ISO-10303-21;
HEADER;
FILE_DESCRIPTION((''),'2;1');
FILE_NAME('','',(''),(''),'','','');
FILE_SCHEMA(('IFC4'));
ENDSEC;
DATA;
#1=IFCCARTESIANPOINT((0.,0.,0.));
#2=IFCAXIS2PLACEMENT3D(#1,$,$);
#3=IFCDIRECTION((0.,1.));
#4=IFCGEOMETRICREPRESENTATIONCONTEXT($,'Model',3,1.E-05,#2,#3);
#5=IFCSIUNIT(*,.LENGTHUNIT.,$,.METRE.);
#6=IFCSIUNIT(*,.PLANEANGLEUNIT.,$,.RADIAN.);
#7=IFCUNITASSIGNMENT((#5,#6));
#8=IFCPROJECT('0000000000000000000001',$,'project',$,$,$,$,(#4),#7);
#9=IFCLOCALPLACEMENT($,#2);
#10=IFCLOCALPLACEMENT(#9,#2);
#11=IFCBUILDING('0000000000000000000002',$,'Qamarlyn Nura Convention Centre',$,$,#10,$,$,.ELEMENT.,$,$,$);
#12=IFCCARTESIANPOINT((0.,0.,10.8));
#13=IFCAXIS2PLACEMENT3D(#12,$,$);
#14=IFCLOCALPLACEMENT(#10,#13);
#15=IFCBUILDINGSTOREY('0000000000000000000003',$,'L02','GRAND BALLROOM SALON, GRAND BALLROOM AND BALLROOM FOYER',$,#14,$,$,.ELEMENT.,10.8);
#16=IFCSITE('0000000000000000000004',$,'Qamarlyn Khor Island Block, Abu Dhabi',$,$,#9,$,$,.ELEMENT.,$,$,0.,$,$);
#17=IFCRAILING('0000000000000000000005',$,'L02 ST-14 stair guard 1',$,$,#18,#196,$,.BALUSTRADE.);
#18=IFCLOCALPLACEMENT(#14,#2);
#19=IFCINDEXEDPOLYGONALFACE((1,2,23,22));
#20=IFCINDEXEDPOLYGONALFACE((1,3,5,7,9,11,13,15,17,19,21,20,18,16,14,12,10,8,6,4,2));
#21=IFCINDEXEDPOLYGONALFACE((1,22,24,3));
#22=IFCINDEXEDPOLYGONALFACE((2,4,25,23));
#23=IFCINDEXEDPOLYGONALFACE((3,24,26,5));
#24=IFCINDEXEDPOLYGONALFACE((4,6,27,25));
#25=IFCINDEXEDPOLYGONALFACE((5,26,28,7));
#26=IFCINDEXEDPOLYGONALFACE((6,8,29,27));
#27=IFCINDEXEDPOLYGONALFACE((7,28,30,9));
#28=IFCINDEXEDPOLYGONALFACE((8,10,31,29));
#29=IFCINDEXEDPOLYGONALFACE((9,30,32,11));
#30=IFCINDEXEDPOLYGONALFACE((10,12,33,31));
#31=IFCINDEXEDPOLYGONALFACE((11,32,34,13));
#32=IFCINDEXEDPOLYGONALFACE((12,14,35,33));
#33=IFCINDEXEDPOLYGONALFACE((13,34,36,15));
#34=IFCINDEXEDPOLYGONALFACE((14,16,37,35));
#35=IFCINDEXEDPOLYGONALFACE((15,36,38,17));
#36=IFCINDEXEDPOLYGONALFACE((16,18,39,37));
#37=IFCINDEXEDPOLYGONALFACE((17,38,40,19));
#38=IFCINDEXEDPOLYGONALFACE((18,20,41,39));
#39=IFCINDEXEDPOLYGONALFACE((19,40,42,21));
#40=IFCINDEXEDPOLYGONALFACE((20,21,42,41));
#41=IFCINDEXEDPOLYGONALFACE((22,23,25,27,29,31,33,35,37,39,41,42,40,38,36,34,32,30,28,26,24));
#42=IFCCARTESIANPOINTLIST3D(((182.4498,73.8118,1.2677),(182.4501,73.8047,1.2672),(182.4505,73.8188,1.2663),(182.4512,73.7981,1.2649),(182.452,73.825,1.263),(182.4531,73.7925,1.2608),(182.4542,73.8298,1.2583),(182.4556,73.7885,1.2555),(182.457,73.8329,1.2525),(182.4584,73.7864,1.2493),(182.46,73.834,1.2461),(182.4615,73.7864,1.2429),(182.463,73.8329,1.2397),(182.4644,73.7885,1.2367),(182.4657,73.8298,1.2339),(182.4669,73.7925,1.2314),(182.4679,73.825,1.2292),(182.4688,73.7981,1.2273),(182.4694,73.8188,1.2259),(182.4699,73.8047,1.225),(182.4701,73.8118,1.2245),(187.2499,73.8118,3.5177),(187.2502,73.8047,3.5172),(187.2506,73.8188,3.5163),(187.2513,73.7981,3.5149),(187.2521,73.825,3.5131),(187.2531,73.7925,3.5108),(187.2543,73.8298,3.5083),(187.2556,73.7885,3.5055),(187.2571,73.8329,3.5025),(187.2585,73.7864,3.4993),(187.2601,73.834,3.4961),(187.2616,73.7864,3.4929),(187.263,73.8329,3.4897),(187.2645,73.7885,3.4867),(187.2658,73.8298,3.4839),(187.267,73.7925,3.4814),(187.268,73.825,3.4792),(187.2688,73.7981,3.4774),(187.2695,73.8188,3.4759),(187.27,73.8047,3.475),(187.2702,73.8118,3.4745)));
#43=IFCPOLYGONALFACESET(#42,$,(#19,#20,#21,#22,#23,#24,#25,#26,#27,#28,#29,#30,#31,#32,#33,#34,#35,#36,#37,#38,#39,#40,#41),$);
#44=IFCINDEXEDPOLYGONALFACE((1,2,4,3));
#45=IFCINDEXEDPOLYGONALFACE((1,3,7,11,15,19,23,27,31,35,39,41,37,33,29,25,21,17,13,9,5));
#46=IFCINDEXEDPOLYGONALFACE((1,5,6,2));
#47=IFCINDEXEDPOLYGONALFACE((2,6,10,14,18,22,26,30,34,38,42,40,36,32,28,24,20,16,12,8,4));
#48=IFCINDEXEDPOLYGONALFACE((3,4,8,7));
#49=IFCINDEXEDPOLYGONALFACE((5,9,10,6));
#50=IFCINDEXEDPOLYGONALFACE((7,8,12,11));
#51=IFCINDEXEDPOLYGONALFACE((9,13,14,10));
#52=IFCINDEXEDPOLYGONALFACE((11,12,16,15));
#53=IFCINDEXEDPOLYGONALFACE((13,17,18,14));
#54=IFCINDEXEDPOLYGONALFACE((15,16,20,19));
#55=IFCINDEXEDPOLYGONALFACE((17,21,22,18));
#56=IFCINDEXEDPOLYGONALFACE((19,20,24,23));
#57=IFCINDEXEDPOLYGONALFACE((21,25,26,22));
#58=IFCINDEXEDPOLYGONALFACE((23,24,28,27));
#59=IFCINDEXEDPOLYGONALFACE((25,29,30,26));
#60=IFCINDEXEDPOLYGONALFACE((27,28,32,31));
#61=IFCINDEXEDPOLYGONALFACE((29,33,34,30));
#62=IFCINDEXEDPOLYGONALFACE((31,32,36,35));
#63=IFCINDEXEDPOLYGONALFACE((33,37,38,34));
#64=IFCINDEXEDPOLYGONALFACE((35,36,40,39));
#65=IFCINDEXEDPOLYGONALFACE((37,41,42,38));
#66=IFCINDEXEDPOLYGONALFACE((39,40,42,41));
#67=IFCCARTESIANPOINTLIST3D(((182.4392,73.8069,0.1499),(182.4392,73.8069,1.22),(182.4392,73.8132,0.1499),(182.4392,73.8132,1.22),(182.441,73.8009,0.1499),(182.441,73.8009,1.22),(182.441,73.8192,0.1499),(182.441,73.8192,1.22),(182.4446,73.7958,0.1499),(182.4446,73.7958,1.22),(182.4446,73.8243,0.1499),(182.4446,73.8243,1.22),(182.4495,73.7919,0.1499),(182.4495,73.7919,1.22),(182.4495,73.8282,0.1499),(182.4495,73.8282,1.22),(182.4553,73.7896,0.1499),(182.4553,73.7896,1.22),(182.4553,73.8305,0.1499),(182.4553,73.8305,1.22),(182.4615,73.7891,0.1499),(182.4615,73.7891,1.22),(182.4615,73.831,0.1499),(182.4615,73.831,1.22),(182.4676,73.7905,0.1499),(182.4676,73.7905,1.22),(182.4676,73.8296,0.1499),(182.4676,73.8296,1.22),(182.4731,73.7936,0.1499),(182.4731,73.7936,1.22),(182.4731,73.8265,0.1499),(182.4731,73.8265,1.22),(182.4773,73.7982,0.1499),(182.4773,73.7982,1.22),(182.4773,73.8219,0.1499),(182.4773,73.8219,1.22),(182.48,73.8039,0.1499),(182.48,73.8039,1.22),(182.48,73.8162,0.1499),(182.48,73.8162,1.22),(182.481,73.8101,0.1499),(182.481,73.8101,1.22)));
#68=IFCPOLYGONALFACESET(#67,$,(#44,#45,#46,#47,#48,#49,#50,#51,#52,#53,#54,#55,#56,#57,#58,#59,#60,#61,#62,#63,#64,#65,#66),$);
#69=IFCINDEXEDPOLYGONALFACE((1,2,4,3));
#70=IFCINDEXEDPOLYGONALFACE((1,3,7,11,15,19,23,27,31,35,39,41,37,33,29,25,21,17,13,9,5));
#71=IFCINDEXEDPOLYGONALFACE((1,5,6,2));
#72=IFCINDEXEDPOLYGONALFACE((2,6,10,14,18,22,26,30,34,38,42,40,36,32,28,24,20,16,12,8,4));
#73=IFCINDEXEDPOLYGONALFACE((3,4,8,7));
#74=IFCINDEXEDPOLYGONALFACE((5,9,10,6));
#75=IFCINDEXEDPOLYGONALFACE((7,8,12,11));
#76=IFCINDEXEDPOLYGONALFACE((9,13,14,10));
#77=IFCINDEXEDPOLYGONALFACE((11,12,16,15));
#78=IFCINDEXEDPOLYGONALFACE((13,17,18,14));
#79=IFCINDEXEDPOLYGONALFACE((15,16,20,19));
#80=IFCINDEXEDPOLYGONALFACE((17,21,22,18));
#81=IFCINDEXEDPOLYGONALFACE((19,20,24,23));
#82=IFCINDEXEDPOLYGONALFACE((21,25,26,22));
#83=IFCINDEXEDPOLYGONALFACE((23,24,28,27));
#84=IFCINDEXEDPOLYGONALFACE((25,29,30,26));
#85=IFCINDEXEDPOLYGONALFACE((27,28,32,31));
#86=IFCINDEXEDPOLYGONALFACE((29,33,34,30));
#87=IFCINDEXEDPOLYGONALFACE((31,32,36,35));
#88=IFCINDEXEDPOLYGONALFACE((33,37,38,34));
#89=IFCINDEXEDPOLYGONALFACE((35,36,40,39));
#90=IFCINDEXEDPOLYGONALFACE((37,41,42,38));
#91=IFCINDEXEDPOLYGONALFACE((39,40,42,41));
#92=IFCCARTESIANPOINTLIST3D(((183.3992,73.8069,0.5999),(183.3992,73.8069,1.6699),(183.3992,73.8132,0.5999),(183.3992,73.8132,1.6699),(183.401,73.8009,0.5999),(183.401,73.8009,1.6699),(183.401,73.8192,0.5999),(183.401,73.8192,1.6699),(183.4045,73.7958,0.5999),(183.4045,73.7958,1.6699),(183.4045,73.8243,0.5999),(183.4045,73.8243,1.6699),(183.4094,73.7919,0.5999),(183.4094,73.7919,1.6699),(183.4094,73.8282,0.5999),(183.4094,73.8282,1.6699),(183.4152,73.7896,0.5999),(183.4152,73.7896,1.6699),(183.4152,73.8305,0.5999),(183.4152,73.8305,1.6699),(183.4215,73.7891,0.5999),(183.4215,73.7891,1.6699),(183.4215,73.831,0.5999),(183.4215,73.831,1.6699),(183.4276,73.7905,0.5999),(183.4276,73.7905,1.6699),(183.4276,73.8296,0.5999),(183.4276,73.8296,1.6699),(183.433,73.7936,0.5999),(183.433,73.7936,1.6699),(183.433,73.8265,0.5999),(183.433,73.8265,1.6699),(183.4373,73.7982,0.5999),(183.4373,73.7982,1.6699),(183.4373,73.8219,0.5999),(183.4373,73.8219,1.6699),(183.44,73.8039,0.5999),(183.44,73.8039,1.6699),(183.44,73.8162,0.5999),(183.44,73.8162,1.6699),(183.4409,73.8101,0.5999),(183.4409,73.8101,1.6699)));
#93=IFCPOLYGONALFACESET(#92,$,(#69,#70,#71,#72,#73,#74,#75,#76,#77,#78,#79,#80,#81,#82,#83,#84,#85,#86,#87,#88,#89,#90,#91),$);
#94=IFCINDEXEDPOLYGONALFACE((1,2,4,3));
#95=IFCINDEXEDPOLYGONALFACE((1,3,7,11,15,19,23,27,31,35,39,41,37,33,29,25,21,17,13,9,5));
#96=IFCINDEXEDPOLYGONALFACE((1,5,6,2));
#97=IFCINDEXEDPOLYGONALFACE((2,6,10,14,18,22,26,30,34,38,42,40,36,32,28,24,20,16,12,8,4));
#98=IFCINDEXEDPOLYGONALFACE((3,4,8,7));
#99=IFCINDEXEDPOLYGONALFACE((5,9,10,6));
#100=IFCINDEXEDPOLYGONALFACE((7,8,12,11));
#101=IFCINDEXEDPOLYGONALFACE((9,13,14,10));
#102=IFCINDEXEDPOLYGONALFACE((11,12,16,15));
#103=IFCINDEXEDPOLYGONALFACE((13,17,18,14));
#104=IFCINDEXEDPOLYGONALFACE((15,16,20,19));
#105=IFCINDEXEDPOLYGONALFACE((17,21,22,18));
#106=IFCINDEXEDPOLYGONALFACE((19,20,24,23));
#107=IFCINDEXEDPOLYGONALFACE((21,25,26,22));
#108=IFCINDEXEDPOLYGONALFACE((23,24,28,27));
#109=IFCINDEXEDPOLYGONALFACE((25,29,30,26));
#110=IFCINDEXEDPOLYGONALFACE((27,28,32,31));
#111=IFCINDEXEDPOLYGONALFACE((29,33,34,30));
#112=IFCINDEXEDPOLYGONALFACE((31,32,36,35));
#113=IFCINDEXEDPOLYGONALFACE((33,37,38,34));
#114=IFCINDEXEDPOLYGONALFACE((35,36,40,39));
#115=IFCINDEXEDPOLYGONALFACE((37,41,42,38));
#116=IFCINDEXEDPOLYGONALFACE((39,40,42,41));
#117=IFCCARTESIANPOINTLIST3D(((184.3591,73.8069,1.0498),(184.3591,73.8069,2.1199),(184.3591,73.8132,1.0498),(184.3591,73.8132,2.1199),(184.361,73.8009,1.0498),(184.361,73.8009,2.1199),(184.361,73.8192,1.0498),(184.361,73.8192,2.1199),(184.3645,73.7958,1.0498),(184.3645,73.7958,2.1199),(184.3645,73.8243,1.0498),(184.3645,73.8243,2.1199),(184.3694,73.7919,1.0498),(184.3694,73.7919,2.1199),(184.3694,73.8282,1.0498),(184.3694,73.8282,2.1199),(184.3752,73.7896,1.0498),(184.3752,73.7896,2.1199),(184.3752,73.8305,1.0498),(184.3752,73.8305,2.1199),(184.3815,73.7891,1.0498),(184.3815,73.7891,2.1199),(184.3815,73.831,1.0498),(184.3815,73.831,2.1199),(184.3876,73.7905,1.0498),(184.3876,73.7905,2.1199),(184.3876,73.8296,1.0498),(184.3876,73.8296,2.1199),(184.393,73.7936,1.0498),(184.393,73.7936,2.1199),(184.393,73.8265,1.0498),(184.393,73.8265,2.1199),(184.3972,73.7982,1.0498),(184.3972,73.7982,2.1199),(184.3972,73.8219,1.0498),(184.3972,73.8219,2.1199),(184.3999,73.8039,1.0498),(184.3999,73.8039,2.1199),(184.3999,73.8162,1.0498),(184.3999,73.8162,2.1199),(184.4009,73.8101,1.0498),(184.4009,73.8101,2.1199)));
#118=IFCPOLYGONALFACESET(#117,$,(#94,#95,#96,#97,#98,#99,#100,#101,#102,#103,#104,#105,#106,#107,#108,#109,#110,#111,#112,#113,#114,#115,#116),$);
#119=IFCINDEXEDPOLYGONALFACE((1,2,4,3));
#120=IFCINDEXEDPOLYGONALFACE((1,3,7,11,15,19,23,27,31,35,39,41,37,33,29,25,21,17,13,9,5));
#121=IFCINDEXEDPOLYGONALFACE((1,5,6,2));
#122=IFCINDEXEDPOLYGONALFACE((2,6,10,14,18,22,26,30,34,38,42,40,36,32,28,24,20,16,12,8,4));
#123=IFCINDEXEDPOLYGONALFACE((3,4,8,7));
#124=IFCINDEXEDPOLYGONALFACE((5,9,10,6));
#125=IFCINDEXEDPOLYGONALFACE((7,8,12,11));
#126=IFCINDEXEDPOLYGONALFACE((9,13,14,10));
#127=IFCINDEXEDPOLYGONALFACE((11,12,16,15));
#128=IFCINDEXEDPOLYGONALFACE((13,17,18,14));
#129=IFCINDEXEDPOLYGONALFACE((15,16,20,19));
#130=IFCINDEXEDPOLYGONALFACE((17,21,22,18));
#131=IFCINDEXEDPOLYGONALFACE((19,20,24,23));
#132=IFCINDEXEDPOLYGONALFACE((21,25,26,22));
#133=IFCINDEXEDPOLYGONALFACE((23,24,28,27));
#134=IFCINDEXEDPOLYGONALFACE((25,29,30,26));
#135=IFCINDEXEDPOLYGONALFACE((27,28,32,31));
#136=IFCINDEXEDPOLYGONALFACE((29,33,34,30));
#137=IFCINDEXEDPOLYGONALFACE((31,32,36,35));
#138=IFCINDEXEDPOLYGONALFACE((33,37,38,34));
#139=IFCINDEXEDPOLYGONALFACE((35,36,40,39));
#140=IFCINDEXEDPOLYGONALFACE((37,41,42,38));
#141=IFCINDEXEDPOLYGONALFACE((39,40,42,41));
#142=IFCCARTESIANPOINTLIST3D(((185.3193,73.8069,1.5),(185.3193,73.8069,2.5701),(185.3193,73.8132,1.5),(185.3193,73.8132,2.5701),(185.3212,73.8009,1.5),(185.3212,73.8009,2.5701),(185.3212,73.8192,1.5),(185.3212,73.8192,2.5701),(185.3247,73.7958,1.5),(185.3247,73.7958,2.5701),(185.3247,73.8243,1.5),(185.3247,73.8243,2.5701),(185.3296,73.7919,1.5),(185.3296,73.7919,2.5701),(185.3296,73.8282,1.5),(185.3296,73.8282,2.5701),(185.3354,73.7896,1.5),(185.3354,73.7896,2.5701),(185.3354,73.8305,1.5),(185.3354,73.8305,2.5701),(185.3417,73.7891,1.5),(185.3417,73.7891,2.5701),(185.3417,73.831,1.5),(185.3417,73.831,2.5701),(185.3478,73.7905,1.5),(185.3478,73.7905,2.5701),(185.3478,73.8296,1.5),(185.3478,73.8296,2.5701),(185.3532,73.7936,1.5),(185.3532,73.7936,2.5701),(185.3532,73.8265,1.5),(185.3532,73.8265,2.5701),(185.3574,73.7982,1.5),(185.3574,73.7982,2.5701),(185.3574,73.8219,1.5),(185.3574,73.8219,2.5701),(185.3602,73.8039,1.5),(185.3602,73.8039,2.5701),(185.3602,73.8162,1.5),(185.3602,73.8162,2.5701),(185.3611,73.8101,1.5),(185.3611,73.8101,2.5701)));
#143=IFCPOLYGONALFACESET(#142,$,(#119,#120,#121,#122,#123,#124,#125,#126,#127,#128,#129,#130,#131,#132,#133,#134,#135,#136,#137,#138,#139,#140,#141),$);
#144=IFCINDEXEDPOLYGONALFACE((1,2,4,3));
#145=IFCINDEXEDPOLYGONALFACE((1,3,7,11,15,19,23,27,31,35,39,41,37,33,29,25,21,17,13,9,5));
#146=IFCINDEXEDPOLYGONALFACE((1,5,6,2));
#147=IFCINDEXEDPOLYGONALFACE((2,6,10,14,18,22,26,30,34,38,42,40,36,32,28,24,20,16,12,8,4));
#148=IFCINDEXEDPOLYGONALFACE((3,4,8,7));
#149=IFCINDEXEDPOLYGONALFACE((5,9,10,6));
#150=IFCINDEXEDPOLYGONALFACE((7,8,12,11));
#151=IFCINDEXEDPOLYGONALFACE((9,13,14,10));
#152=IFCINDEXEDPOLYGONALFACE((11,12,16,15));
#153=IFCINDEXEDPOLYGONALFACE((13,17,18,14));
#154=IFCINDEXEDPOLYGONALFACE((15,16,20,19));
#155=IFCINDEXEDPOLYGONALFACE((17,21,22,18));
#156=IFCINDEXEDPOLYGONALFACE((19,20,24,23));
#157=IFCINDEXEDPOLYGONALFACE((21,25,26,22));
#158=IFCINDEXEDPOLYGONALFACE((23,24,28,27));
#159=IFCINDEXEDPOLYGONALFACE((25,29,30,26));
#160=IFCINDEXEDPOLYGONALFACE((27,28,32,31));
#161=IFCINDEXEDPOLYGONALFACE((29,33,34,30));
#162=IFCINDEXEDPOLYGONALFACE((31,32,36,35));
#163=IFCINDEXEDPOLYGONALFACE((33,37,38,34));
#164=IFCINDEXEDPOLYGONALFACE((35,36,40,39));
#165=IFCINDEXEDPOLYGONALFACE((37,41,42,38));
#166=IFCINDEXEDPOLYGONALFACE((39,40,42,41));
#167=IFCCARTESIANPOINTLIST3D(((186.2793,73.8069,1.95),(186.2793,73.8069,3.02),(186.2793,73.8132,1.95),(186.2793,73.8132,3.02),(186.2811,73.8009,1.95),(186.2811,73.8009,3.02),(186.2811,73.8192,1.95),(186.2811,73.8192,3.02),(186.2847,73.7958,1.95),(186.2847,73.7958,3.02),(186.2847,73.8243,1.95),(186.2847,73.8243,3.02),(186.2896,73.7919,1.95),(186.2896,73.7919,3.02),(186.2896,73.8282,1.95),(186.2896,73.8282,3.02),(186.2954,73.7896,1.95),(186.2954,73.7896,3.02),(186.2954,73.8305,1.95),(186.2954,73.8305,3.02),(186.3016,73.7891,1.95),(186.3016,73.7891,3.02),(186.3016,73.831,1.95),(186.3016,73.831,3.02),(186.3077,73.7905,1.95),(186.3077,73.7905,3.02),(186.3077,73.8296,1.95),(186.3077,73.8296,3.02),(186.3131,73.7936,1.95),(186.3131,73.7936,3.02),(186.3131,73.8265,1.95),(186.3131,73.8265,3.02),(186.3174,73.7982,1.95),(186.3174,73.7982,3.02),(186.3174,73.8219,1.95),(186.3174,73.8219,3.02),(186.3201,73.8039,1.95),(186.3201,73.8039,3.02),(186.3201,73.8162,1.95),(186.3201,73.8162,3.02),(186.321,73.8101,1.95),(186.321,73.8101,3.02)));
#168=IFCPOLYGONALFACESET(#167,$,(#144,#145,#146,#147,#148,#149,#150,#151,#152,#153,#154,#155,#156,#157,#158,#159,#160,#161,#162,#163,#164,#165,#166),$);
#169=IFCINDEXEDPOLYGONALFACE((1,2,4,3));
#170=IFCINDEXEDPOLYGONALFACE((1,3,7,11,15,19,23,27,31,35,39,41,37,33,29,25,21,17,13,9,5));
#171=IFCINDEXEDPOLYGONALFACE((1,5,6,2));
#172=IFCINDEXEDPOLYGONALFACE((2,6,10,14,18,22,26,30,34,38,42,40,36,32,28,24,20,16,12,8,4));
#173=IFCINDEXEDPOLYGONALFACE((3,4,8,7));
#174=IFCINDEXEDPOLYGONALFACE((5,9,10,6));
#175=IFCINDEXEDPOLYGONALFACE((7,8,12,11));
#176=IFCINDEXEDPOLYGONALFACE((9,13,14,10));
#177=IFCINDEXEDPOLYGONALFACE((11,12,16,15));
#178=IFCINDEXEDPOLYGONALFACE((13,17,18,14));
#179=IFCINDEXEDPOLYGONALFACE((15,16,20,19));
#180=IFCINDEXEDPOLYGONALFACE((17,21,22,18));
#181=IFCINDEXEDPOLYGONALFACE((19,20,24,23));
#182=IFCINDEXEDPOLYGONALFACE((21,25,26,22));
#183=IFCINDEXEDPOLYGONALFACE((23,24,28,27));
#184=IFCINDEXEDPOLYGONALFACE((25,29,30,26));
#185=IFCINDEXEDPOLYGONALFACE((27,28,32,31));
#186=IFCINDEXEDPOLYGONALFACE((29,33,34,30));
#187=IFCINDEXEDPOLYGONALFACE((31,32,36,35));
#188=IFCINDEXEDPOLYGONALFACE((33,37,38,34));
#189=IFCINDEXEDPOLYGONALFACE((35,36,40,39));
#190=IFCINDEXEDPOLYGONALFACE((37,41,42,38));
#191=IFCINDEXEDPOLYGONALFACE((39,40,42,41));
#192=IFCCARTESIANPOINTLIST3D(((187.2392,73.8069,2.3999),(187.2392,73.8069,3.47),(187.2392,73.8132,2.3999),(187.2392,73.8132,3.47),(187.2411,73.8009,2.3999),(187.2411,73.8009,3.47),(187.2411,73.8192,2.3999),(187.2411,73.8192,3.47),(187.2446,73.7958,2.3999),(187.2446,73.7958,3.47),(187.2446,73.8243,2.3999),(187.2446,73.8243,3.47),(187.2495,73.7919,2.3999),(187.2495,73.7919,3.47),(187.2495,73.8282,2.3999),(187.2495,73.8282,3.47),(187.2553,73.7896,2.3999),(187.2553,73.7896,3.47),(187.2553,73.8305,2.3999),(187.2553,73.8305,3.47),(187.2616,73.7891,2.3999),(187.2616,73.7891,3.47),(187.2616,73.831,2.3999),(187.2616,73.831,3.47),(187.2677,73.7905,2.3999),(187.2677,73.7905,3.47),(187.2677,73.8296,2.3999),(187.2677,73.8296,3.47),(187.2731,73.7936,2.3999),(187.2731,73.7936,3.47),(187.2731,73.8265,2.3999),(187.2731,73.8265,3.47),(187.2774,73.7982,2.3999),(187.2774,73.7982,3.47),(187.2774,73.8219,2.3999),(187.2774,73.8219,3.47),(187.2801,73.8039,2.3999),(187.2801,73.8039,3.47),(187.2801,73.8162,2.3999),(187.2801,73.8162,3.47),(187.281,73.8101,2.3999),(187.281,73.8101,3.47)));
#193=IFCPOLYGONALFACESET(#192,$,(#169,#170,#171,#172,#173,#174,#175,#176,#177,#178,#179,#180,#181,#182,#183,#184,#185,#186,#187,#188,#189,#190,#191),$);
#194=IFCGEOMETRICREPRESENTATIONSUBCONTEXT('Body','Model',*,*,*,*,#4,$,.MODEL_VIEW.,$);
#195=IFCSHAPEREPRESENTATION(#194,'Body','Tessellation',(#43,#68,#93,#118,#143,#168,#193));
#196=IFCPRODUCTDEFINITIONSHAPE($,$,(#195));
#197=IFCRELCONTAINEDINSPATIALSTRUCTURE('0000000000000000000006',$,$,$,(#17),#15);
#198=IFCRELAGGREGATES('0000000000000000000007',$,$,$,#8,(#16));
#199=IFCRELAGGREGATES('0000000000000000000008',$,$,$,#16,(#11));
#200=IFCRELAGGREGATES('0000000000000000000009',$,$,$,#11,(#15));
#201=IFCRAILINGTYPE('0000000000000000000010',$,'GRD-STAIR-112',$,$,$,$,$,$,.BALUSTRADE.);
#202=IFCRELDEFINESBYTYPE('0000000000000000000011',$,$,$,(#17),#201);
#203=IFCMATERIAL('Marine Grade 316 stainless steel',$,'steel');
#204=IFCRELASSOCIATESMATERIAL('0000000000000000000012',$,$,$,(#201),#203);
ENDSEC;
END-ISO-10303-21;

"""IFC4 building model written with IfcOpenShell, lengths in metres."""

from ifc_helpers import new_model, si_unit, direction, frame, origin, origin_2d, place, context, subcontext, project, spatial, circle, extrude, material, type_object, element, save


model = new_model("IFC4")

# Units and contexts
model_context = context("Model", 3, precision=1e-05, world=origin(), true_north=direction((0.0, 1.0)))
body_context = subcontext(model_context, "Body", "Model", "MODEL_VIEW")
ifc_project = project(units=[si_unit("LENGTHUNIT", "METRE"), si_unit("PLANEANGLEUNIT", "RADIAN")], contexts=[model_context])

# Site, building, storey
site_placement = place(None, origin())
site = spatial("IfcSite", under=ifc_project, at=site_placement, Name="Qamarlyn Khor Island Block, Abu Dhabi", CompositionType="ELEMENT", RefElevation=0.0)
building_placement = place(site_placement, origin())
building = spatial("IfcBuilding", under=site, at=building_placement, Name="Qamarlyn Nura Convention Centre", CompositionType="ELEMENT")
storey_placement = place(building_placement, frame((0.0, 0.0, 10.8)))
storey = spatial("IfcBuildingStorey", under=building, at=storey_placement, Name="L02", Description="GRAND BALLROOM SALON, GRAND BALLROOM AND BALLROOM FOYER", CompositionType="ELEMENT", Elevation=10.8)

# Railing
ifc_material_1 = material(Name="Marine Grade 316 stainless steel", Category="steel")
railing_type_1 = type_object("IfcRailingType", Name="GRD-STAIR-112", PredefinedType="BALUSTRADE", material=ifc_material_1)
railing_1_placement = place(storey_placement, frame((182.46, 73.8101, 0.1499)))
element("IfcRailing", 1, at=railing_1_placement, inside=storey, type_object=railing_type_1, Name="L02 ST-14 stair guard 1", PredefinedType="BALUSTRADE", context=body_context, shape_type="SweptSolid", body=[
    extrude(circle(Radius=0.0239, at=origin_2d()), frame((0.0, 0.0, 1.0962), z_axis=(0.905461, 0.0, 0.42443), x_axis=(0.0, 1.0, 0.0)), (0.0, 0.0, 1.0), 5.3013),
    extrude(circle(Radius=0.021, at=origin_2d()), origin(), (0.0, 0.0, 1.0), 1.0701),
    extrude(circle(Radius=0.021, at=origin_2d()), frame((0.96, 0.0, 0.45)), (0.0, 0.0, 1.0), 1.0701),
    extrude(circle(Radius=0.021, at=origin_2d()), frame((1.9199, 0.0, 0.8999)), (0.0, 0.0, 1.0), 1.0701),
    extrude(circle(Radius=0.021, at=origin_2d()), frame((2.8801, 0.0, 1.3501)), (0.0, 0.0, 1.0), 1.0701),
    extrude(circle(Radius=0.021, at=origin_2d()), frame((3.8401, 0.0, 1.8)), (0.0, 0.0, 1.0), 1.0701),
    extrude(circle(Radius=0.021, at=origin_2d()), frame((4.8, 0.0, 2.25)), (0.0, 0.0, 1.0), 1.0701),
])

save(model, "model.ifc")
